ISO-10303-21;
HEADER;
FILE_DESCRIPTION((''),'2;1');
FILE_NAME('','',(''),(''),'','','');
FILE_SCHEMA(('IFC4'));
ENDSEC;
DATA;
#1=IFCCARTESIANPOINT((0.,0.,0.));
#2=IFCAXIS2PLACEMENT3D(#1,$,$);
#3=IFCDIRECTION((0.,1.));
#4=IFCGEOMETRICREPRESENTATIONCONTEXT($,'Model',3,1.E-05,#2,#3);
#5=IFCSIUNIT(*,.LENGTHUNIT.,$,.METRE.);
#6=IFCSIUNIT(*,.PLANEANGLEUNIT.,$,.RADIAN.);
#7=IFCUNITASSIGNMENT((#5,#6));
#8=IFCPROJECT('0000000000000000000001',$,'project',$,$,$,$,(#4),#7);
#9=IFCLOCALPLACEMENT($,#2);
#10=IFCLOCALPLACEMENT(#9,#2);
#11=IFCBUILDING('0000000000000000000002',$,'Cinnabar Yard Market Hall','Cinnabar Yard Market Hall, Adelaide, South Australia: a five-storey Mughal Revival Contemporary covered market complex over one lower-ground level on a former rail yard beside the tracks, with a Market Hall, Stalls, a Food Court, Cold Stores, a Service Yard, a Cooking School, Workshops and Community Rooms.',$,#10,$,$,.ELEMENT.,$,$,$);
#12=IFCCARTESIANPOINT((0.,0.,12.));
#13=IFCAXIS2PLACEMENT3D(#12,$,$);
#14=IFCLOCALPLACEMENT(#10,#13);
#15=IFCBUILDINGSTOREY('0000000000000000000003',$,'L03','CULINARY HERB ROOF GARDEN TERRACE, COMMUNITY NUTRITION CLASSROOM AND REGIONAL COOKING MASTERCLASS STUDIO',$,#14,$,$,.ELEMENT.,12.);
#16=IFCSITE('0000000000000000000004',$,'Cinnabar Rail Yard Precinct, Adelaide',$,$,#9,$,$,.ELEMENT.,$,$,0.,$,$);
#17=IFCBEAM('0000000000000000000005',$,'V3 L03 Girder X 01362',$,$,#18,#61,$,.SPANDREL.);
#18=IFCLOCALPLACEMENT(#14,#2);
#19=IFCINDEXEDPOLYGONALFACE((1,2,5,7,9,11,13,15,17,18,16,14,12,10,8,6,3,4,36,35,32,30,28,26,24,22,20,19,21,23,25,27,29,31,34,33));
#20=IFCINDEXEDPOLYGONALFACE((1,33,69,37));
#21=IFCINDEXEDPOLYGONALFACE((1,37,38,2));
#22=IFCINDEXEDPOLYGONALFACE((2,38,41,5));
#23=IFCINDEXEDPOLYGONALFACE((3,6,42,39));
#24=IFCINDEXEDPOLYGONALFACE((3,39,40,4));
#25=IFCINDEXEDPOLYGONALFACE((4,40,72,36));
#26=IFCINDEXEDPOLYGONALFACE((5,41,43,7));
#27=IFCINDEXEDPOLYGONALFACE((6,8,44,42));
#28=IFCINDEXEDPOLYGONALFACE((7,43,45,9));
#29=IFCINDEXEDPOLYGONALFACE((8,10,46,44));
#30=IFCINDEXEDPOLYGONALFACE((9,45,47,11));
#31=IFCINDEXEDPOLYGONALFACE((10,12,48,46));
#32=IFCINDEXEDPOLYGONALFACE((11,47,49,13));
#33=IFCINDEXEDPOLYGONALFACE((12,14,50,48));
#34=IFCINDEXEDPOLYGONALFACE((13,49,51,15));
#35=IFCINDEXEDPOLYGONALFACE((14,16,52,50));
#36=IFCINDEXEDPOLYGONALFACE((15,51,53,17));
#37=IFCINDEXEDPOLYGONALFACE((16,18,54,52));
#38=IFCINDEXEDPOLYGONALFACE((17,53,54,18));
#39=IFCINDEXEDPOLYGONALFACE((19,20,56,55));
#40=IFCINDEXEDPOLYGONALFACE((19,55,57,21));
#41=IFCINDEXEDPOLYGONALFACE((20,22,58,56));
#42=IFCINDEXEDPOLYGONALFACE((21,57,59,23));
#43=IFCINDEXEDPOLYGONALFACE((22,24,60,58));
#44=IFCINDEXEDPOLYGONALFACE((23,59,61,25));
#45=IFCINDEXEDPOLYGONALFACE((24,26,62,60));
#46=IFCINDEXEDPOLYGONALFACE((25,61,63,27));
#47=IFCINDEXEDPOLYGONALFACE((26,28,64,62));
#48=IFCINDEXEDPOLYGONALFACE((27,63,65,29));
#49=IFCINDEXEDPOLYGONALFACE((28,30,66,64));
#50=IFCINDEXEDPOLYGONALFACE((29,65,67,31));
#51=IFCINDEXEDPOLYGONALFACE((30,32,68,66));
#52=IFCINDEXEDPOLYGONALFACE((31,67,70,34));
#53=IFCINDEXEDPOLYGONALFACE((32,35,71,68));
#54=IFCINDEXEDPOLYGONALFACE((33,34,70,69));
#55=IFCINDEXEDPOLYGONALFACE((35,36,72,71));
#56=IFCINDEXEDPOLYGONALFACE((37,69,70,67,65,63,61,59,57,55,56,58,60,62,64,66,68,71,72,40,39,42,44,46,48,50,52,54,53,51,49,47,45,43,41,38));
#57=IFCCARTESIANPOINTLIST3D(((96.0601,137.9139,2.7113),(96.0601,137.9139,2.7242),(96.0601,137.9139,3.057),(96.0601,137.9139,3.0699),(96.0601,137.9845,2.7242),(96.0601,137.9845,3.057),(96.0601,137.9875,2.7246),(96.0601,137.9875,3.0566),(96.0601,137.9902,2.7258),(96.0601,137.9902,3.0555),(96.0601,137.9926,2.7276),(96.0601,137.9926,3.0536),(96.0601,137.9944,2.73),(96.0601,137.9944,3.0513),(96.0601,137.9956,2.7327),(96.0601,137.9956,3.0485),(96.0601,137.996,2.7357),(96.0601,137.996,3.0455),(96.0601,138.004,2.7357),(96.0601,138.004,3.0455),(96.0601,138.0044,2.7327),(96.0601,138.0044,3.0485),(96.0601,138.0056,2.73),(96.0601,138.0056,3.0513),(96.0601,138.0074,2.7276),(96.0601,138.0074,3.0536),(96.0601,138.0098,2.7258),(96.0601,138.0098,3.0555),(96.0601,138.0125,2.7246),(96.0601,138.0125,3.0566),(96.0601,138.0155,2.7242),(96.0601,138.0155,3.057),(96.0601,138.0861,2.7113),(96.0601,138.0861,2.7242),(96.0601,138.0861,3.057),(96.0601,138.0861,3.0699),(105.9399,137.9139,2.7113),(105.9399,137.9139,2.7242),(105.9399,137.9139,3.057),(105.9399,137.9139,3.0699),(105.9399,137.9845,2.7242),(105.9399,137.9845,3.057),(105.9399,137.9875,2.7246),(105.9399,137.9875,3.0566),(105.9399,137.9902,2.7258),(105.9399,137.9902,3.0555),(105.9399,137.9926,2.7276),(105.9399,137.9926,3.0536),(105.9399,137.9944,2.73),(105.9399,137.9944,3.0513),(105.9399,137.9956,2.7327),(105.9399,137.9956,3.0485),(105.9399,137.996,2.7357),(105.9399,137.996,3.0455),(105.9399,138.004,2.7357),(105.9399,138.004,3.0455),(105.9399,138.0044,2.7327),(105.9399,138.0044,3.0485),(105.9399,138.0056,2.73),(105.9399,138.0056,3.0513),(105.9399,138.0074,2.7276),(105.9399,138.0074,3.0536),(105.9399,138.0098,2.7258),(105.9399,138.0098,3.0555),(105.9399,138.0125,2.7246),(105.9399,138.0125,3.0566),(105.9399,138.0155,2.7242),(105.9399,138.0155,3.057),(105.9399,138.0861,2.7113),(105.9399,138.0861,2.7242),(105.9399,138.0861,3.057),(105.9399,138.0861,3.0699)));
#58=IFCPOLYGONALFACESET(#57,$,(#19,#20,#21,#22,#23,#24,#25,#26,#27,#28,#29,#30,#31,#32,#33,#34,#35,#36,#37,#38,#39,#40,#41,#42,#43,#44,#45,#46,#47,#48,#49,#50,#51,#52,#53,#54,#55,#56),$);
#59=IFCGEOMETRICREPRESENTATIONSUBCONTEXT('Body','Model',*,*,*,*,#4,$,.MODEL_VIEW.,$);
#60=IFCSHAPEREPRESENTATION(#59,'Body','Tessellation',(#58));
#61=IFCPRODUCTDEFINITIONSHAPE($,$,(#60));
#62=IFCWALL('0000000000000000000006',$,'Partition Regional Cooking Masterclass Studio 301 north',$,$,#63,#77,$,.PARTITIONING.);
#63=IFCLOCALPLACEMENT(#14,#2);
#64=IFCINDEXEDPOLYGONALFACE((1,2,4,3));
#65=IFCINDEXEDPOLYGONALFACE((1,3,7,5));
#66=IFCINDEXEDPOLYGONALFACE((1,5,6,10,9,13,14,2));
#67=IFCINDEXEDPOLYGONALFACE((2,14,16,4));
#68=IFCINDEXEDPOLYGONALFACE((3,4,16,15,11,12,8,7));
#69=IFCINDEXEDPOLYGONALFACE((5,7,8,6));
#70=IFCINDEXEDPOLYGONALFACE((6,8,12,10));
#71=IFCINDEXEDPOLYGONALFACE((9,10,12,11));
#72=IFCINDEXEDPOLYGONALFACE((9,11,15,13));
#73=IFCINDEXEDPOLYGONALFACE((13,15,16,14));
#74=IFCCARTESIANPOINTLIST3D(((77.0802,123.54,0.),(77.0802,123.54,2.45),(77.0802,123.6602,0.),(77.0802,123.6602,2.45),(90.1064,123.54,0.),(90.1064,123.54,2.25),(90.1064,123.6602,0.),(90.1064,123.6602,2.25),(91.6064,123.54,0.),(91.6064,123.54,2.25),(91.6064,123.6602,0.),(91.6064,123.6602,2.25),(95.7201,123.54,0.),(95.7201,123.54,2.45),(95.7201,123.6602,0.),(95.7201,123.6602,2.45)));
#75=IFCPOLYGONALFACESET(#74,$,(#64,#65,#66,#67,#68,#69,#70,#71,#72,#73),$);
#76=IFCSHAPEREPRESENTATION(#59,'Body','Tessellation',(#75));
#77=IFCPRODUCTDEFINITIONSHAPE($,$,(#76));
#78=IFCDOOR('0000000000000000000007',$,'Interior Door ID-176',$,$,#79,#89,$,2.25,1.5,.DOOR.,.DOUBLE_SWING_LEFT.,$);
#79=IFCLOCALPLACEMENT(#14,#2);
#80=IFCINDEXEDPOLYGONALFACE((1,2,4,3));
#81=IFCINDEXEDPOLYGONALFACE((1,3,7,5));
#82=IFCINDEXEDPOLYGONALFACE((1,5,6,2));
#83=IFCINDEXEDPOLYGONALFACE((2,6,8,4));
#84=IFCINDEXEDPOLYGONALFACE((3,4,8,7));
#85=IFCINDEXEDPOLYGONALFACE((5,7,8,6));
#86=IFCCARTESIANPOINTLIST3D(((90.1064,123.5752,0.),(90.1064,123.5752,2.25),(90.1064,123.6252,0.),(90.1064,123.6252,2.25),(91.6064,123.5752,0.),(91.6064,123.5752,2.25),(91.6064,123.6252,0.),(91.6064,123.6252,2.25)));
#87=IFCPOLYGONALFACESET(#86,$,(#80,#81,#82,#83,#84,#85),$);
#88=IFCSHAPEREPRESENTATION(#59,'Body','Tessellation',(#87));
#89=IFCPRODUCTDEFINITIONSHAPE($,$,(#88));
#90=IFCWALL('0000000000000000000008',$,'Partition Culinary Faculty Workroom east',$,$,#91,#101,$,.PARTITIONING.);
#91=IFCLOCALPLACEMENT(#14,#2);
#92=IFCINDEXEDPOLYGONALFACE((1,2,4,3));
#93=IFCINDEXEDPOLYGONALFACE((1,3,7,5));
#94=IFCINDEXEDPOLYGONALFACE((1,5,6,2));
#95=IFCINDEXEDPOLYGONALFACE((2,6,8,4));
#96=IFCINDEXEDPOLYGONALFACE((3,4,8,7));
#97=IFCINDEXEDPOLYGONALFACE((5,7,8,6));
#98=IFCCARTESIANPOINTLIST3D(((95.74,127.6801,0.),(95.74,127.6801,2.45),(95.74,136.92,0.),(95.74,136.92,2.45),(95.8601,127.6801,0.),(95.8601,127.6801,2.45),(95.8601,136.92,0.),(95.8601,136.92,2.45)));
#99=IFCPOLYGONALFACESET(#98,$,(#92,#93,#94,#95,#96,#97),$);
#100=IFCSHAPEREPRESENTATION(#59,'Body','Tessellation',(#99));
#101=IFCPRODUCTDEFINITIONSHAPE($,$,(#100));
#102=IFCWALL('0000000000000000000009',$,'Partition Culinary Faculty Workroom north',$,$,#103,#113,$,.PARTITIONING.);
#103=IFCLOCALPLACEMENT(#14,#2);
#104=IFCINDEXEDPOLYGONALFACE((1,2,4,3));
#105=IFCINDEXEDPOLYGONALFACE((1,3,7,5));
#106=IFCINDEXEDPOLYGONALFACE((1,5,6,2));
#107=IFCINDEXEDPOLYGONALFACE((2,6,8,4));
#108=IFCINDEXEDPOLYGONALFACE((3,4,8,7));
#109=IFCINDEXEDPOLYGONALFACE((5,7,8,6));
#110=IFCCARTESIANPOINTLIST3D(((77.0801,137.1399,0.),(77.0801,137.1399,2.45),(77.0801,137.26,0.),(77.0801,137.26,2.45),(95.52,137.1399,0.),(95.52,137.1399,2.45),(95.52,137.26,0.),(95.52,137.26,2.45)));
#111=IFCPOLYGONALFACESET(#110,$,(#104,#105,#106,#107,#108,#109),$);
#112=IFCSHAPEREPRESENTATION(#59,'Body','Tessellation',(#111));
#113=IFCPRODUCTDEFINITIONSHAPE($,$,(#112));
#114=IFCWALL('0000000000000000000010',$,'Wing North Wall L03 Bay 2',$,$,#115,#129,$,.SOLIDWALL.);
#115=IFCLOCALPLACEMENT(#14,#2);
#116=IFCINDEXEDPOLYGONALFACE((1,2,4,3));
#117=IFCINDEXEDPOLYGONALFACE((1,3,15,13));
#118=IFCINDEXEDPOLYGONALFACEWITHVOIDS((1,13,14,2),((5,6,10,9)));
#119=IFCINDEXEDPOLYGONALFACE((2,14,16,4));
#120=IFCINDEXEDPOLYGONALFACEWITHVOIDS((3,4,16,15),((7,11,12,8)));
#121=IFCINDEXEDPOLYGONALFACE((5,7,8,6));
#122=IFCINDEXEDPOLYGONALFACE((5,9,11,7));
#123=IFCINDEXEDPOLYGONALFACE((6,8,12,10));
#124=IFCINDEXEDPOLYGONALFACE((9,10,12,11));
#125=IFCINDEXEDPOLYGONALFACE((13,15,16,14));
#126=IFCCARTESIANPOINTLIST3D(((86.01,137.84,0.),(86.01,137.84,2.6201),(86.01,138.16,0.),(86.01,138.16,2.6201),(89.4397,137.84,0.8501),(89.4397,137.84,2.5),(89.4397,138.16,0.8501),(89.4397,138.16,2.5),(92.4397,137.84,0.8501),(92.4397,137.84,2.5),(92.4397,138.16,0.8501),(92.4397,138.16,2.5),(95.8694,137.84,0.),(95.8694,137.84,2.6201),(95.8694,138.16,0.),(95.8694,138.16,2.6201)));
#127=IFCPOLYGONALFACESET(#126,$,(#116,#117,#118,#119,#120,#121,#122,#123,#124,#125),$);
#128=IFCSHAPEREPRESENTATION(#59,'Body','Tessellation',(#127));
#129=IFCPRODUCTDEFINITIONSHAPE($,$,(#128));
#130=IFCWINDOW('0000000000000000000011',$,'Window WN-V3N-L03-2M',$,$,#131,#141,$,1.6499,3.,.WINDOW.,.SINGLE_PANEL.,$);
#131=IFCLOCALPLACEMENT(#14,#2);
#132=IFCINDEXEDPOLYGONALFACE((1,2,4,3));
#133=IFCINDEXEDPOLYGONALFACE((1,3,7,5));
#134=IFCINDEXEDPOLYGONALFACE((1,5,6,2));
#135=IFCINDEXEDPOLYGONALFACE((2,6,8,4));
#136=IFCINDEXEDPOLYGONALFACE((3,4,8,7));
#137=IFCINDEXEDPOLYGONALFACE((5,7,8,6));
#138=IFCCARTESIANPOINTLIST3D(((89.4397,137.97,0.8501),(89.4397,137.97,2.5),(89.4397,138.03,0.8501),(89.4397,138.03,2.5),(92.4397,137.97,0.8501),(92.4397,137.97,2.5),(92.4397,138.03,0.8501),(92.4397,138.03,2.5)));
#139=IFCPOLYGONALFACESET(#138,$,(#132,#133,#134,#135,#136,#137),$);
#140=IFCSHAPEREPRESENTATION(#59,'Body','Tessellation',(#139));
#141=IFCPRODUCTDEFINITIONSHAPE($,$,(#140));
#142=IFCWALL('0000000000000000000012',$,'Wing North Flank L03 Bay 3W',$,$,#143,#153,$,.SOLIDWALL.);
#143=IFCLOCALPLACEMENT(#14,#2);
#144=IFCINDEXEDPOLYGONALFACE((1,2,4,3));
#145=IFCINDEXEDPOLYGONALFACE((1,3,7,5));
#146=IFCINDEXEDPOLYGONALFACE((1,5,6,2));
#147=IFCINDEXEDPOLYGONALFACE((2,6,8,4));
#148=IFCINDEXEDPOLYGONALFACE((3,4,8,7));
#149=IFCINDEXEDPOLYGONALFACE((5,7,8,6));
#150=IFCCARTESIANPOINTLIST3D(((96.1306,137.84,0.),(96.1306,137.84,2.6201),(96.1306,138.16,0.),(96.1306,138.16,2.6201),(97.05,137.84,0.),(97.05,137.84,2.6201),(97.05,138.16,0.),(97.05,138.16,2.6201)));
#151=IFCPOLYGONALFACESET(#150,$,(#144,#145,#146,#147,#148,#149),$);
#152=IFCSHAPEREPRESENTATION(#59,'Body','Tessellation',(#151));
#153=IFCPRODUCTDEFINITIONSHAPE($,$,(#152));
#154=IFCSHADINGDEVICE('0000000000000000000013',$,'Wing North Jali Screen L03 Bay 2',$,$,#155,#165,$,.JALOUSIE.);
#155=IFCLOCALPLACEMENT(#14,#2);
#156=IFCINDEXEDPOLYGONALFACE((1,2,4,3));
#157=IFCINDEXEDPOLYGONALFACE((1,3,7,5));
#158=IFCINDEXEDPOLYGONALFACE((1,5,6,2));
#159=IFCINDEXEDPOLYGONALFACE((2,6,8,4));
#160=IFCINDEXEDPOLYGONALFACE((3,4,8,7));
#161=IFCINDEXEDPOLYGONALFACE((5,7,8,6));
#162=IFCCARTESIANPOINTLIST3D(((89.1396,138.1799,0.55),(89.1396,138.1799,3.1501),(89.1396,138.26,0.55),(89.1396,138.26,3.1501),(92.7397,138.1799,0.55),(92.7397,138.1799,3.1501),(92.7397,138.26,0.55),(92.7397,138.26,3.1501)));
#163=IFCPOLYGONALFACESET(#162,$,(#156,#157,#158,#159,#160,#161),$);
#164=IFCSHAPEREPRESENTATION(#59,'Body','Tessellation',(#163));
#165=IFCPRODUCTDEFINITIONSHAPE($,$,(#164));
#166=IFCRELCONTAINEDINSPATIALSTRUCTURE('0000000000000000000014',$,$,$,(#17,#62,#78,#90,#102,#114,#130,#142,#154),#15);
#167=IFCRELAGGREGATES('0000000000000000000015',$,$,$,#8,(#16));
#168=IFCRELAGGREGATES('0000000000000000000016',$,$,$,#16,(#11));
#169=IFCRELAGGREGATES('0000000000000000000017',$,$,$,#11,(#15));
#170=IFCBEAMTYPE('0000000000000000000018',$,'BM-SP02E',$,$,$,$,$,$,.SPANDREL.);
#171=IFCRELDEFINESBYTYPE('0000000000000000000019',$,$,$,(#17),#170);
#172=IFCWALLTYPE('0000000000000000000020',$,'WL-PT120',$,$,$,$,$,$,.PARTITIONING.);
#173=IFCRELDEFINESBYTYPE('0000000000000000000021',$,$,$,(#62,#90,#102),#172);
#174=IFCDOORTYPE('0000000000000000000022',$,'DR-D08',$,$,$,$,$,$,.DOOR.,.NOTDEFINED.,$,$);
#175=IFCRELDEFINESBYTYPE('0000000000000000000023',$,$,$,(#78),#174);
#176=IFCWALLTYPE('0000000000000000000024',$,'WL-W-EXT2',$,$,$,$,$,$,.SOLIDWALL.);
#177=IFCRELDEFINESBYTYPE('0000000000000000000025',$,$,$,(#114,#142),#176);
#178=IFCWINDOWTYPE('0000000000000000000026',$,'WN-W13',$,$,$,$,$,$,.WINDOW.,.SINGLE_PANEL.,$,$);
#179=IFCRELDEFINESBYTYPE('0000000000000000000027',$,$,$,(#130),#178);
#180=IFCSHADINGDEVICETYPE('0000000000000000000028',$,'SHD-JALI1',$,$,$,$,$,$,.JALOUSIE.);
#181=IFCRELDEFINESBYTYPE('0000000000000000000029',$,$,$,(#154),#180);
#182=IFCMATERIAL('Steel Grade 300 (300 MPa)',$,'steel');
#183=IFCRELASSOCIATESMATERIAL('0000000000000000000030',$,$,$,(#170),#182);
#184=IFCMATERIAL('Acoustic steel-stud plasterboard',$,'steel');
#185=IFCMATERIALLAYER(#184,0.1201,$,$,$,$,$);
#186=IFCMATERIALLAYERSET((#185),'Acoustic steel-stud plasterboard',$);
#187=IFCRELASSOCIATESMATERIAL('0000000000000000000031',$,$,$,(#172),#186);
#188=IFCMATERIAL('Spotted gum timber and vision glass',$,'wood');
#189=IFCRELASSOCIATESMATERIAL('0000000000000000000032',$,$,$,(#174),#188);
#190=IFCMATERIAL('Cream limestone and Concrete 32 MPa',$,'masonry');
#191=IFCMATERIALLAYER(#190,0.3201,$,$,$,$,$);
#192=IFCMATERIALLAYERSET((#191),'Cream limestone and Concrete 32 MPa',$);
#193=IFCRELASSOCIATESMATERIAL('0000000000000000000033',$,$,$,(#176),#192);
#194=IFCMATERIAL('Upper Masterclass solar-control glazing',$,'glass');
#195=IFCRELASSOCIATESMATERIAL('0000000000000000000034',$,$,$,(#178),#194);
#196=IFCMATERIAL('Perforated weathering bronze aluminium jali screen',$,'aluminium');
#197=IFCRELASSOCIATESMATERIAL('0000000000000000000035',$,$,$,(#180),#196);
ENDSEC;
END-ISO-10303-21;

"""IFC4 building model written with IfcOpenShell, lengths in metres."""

from ifc_helpers import new_model, si_unit, direction, frame, frame_2d, origin, origin_2d_with_axis, place, context, subcontext, project, spatial, rectangle, i_section, extrude, material, layer, layer_set, material_profile, profile_set, type_object, element, fill, save


model = new_model("IFC4")

# Units and contexts
model_context = context("Model", 3, precision=1e-05, world=origin(), true_north=direction((0.0, 1.0)))
body_context = subcontext(model_context, "Body", "Model", "MODEL_VIEW")
ifc_project = project(units=[si_unit("LENGTHUNIT", "METRE"), si_unit("PLANEANGLEUNIT", "RADIAN")], contexts=[model_context])

# Site, building, storey
site_placement = place(None, origin())
site = spatial("IfcSite", under=ifc_project, at=site_placement, Name="Cinnabar Rail Yard Precinct, Adelaide", CompositionType="ELEMENT", RefElevation=0.0)
building_placement = place(site_placement, origin())
building = spatial("IfcBuilding", under=site, at=building_placement, Name="Cinnabar Yard Market Hall", Description="Cinnabar Yard Market Hall, Adelaide, South Australia: a five-storey Mughal Revival Contemporary covered market complex over one lower-ground level on a former rail yard beside the tracks, with a Market Hall, Stalls, a Food Court, Cold Stores, a Service Yard, a Cooking School, Workshops and Community Rooms.", CompositionType="ELEMENT")
storey_placement = place(building_placement, frame((0.0, 0.0, 12.0)))
storey = spatial("IfcBuildingStorey", under=building, at=storey_placement, Name="L03", Description="CULINARY HERB ROOF GARDEN TERRACE, COMMUNITY NUTRITION CLASSROOM AND REGIONAL COOKING MASTERCLASS STUDIO", CompositionType="ELEMENT", Elevation=12.0)

# Shared definitions
ifc_material_1 = material(Name="Steel Grade 300 (300 MPa)", Category="steel")

# Beam
ifc_material_profile_1 = material_profile(ifc_material_1, i_section(OverallWidth=0.1721, OverallDepth=0.3586, WebThickness=0.0081, FlangeThickness=0.0129, FilletRadius=0.0115, at=origin_2d_with_axis()), Name="360UB56.7")
ifc_profile_set_1 = profile_set([ifc_material_profile_1], Name="Steel Grade 300 (300 MPa)")
beam_type_1 = type_object("IfcBeamType", Name="BM-SP02E", PredefinedType="SPANDREL", material=ifc_profile_set_1)
for number, where, z_axis, x_axis, name in (
    (1, (96.0601, 138.0, 2.8906), (1.0, 0.0, 0.0), (0.0, 1.0, 0.0), "V3 L03 Girder X 01362"),
):
    element("IfcBeam", number, at=place(storey_placement, frame(where, z_axis=z_axis, x_axis=x_axis)), inside=storey, type_object=beam_type_1, Name=name, PredefinedType="SPANDREL", context=body_context, shape_type="SweptSolid", body=[
        extrude(i_section(OverallWidth=0.1721, OverallDepth=0.3586, WebThickness=0.0081, FlangeThickness=0.0129, FilletRadius=0.0115, at=origin_2d_with_axis()), origin(), (0.0, 0.0, 1.0), 9.8799),
    ])

# Wall, opening, door
ifc_material_2 = material(Name="Acoustic steel-stud plasterboard", Category="steel")
ifc_layer_1 = layer(ifc_material_2, 0.1201)
ifc_layer_set_1 = layer_set([ifc_layer_1], Name="Acoustic steel-stud plasterboard")
wall_type_1 = type_object("IfcWallType", Name="WL-PT120", PredefinedType="PARTITIONING", material=ifc_layer_set_1)
wall_1_placement = place(storey_placement, frame((95.72, 123.6001, 0.0), z_axis=(0.0, 0.0, 1.0), x_axis=(-1.0, 0.0, 0.0)))
wall_1 = element("IfcWall", 2, at=wall_1_placement, inside=storey, type_object=wall_type_1, Name="Partition Regional Cooking Masterclass Studio 301 north", PredefinedType="PARTITIONING", context=body_context, shape_type="SweptSolid", body=[
    extrude(rectangle(XDim=18.6399, YDim=0.1201, at=frame_2d((9.3198, 0.0), x_axis=(1.0, 0.0))), origin(), (0.0, 0.0, 1.0), 2.45),
])
opening_1_placement = place(wall_1_placement, frame((4.1135, 0.0, 0.0)))
opening_1 = element("IfcOpeningElement", 3, at=opening_1_placement, cuts=wall_1, PredefinedType="OPENING", context=body_context, shape_type="SweptSolid", body=[
    extrude(rectangle(XDim=1.5, YDim=2.25, at=frame_2d((0.75, 1.125), x_axis=(1.0, 0.0))), frame((0.0, 0.0701, 0.0), z_axis=(0.0, -1.0, 0.0), x_axis=(1.0, 0.0, 0.0)), (0.0, 0.0, 1.0), 0.1401),
])
ifc_material_3 = material(Name="Spotted gum timber and vision glass", Category="wood")
door_type = type_object("IfcDoorType", Name="DR-D08", OperationType="NOTDEFINED", PredefinedType="DOOR", material=ifc_material_3)
door_placement = place(opening_1_placement, origin())
door = element("IfcDoor", 4, at=door_placement, inside=storey, type_object=door_type, Name="Interior Door ID-176", OperationType="DOUBLE_SWING_LEFT", OverallHeight=2.25, OverallWidth=1.5, PredefinedType="DOOR", context=body_context, shape_type="SweptSolid", body=[
    extrude(rectangle(XDim=1.5, YDim=2.25, at=frame_2d((0.75, 1.125), x_axis=(1.0, 0.0))), frame((0.0, 0.0249, 0.0), z_axis=(0.0, -1.0, 0.0), x_axis=(1.0, 0.0, 0.0)), (0.0, 0.0, 1.0), 0.05),
])
fill(opening_1, door)

# Walls
wall_2_placement = place(storey_placement, frame((95.8, 127.6799, 0.0), z_axis=(0.0, 0.0, 1.0), x_axis=(0.0, 1.0, 0.0)))
element("IfcWall", 5, at=wall_2_placement, inside=storey, type_object=wall_type_1, Name="Partition Culinary Faculty Workroom east", PredefinedType="PARTITIONING", context=body_context, shape_type="SweptSolid", body=[
    extrude(rectangle(XDim=9.24, YDim=0.1201, at=frame_2d((4.6201, 0.0), x_axis=(1.0, 0.0))), origin(), (0.0, 0.0, 1.0), 2.45),
])
wall_3_placement = place(storey_placement, frame((95.52, 137.2, 0.0), z_axis=(0.0, 0.0, 1.0), x_axis=(-1.0, 0.0, 0.0)))
element("IfcWall", 6, at=wall_3_placement, inside=storey, type_object=wall_type_1, Name="Partition Culinary Faculty Workroom north", PredefinedType="PARTITIONING", context=body_context, shape_type="SweptSolid", body=[
    extrude(rectangle(XDim=18.4399, YDim=0.1201, at=frame_2d((9.22, 0.0), x_axis=(1.0, 0.0))), origin(), (0.0, 0.0, 1.0), 2.45),
])

# Wall, opening, window
ifc_material_4 = material(Name="Cream limestone and Concrete 32 MPa", Category="masonry")
ifc_layer_2 = layer(ifc_material_4, 0.3201)
ifc_layer_set_2 = layer_set([ifc_layer_2], Name="Cream limestone and Concrete 32 MPa")
wall_type_2 = type_object("IfcWallType", Name="WL-W-EXT2", PredefinedType="SOLIDWALL", material=ifc_layer_set_2)
wall_4_placement = place(storey_placement, frame((95.8694, 138.0, 0.0), z_axis=(0.0, 0.0, 1.0), x_axis=(-1.0, 0.0, 0.0)))
wall_4 = element("IfcWall", 7, at=wall_4_placement, inside=storey, type_object=wall_type_2, Name="Wing North Wall L03 Bay 2", PredefinedType="SOLIDWALL", context=body_context, shape_type="SweptSolid", body=[
    extrude(rectangle(XDim=9.8594, YDim=0.3201, at=frame_2d((4.9297, 0.0), x_axis=(1.0, 0.0))), origin(), (0.0, 0.0, 1.0), 2.6201),
])
opening_2_placement = place(wall_4_placement, frame((3.4297, 0.0, 0.8501)))
opening_2 = element("IfcOpeningElement", 8, at=opening_2_placement, cuts=wall_4, PredefinedType="OPENING", context=body_context, shape_type="SweptSolid", body=[
    extrude(rectangle(XDim=3.0, YDim=1.6499, at=frame_2d((1.5, 0.825), x_axis=(1.0, 0.0))), frame((0.0, 0.1699, 0.0), z_axis=(0.0, -1.0, 0.0), x_axis=(1.0, 0.0, 0.0)), (0.0, 0.0, 1.0), 0.3401),
])
ifc_material_5 = material(Name="Upper Masterclass solar-control glazing", Category="glass")
window_type = type_object("IfcWindowType", Name="WN-W13", PartitioningType="SINGLE_PANEL", PredefinedType="WINDOW", material=ifc_material_5)
window_placement = place(opening_2_placement, origin())
window = element("IfcWindow", 9, at=window_placement, inside=storey, type_object=window_type, Name="Window WN-V3N-L03-2M", OverallHeight=1.6499, OverallWidth=3.0, PartitioningType="SINGLE_PANEL", PredefinedType="WINDOW", context=body_context, shape_type="SweptSolid", body=[
    extrude(rectangle(XDim=3.0, YDim=1.6499, at=frame_2d((1.5, 0.825), x_axis=(1.0, 0.0))), frame((0.0, 0.03, 0.0), z_axis=(0.0, -1.0, 0.0), x_axis=(1.0, 0.0, 0.0)), (0.0, 0.0, 1.0), 0.0601),
])
fill(opening_2, window)

# Wall
wall_5_placement = place(storey_placement, frame((97.05, 138.0, 0.0), z_axis=(0.0, 0.0, 1.0), x_axis=(-1.0, 0.0, 0.0)))
element("IfcWall", 10, at=wall_5_placement, inside=storey, type_object=wall_type_2, Name="Wing North Flank L03 Bay 3W", PredefinedType="SOLIDWALL", context=body_context, shape_type="SweptSolid", body=[
    extrude(rectangle(XDim=0.9194, YDim=0.3201, at=frame_2d((0.4597, 0.0), x_axis=(1.0, 0.0))), origin(), (0.0, 0.0, 1.0), 2.6201),
])

# Shading device
ifc_material_6 = material(Name="Perforated weathering bronze aluminium jali screen", Category="aluminium")
shading_device_type = type_object("IfcShadingDeviceType", Name="SHD-JALI1", PredefinedType="JALOUSIE", material=ifc_material_6)
shading_device_placement = place(storey_placement, frame((90.9397, 138.22, 0.55), z_axis=(0.0, 0.0, 1.0), x_axis=(1.0, 0.0, 0.0)))
element("IfcShadingDevice", 11, at=shading_device_placement, inside=storey, type_object=shading_device_type, Name="Wing North Jali Screen L03 Bay 2", PredefinedType="JALOUSIE", context=body_context, shape_type="SweptSolid", body=[
    extrude(rectangle(XDim=3.6001, YDim=0.0801, at=origin_2d_with_axis()), origin(), (0.0, 0.0, 1.0), 2.6001),
])

save(model, "model.ifc")
